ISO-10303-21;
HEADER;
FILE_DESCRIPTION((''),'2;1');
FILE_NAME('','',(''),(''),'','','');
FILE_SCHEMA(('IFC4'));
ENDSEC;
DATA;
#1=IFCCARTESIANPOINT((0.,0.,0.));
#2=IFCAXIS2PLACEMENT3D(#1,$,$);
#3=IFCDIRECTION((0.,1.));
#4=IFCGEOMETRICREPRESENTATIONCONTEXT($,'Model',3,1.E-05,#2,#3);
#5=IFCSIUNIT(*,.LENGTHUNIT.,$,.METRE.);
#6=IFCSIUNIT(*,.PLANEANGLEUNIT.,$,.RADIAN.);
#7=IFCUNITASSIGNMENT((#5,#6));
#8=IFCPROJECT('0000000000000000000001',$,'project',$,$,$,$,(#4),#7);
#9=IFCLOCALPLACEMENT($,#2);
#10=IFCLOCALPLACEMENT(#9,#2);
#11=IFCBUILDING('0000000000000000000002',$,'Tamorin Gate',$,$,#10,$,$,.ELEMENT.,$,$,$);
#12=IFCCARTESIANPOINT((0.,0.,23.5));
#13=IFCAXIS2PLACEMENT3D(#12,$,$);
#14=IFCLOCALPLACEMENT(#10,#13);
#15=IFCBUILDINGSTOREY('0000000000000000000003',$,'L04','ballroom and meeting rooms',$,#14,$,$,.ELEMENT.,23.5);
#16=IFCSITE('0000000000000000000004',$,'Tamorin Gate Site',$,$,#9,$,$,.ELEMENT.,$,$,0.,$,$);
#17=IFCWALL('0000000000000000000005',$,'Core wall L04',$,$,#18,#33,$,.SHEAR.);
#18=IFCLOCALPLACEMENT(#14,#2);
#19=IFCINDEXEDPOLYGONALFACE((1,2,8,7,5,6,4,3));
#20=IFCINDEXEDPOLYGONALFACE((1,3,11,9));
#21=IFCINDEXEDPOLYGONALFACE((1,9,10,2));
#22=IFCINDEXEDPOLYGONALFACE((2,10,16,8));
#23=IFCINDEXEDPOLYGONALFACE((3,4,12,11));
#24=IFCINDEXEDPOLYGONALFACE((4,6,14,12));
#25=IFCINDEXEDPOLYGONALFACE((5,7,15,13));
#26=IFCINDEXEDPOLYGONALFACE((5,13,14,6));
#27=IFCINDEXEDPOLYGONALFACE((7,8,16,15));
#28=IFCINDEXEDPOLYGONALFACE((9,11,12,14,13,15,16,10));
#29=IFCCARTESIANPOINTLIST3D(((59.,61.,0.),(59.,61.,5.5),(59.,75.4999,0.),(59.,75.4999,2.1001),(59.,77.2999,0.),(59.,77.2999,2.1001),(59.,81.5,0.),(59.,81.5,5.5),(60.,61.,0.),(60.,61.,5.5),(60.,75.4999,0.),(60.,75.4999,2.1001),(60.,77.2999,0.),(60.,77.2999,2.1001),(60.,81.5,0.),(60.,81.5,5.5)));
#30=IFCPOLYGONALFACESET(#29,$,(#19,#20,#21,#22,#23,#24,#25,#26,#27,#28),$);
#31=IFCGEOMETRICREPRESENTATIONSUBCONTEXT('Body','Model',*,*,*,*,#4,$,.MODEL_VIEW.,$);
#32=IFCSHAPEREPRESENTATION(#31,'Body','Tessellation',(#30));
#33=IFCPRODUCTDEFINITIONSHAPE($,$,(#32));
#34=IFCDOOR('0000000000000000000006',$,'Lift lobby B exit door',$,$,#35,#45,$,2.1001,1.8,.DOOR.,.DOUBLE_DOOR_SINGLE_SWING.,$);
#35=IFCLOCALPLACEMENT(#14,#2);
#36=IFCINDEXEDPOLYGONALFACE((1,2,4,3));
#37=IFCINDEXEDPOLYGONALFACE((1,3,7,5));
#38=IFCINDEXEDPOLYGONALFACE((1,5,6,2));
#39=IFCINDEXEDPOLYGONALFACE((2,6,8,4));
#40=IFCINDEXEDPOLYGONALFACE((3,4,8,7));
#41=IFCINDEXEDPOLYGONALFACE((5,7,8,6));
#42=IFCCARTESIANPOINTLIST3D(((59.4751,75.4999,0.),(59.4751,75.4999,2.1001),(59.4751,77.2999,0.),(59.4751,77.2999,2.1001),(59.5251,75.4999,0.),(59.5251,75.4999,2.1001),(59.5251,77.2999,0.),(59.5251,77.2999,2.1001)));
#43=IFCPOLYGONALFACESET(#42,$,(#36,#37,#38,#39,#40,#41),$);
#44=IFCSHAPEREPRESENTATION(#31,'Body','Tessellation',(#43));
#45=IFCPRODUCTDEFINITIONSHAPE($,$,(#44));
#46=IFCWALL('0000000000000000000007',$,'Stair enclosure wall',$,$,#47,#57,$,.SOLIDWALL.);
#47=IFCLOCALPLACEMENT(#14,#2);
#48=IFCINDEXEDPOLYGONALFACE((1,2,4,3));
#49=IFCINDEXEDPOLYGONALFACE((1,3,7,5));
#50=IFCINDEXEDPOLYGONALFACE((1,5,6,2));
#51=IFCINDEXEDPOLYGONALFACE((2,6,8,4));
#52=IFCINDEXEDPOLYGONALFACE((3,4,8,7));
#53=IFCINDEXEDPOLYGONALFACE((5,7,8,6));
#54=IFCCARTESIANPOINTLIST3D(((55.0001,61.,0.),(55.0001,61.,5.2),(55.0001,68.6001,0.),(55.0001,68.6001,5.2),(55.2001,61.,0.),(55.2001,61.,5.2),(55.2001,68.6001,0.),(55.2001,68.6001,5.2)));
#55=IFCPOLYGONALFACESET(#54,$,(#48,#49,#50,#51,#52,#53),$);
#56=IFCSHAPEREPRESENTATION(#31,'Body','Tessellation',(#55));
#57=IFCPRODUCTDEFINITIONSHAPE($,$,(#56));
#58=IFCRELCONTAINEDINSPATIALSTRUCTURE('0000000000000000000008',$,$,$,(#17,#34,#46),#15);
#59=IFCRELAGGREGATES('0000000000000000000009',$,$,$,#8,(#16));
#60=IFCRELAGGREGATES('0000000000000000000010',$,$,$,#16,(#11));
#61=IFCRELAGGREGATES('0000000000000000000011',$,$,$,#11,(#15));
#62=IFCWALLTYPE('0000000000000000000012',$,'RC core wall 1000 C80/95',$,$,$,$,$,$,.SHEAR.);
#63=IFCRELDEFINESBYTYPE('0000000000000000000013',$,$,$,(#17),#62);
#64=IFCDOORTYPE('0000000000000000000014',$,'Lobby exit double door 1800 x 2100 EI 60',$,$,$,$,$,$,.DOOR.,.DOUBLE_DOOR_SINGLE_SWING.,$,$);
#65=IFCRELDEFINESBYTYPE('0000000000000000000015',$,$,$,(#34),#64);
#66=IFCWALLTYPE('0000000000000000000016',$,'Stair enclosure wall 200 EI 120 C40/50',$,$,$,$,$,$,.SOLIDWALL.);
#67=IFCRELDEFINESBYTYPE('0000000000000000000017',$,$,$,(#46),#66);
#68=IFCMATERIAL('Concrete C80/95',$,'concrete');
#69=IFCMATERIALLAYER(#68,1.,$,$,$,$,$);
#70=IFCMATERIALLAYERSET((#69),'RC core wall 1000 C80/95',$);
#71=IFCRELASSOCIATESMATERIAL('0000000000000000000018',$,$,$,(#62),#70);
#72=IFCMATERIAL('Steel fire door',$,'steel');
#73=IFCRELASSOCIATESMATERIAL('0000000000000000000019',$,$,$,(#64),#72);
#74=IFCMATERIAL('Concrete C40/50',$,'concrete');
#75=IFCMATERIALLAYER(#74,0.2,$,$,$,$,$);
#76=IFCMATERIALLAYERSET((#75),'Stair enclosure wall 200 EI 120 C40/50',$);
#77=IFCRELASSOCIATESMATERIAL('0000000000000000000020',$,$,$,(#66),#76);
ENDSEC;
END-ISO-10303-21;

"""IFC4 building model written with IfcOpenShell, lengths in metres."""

from ifc_helpers import new_model, si_unit, direction, frame, frame_2d, origin, place, context, subcontext, project, spatial, rectangle, extrude, material, layer, layer_set, type_object, element, fill, save


model = new_model("IFC4")

# Units and contexts
model_context = context("Model", 3, precision=1e-05, world=origin(), true_north=direction((0.0, 1.0)))
body_context = subcontext(model_context, "Body", "Model", "MODEL_VIEW")
ifc_project = project(units=[si_unit("LENGTHUNIT", "METRE"), si_unit("PLANEANGLEUNIT", "RADIAN")], contexts=[model_context])

# Site, building, storey
site_placement = place(None, origin())
site = spatial("IfcSite", under=ifc_project, at=site_placement, Name="Tamorin Gate Site", CompositionType="ELEMENT", RefElevation=0.0)
building_placement = place(site_placement, origin())
building = spatial("IfcBuilding", under=site, at=building_placement, Name="Tamorin Gate", CompositionType="ELEMENT")
storey_placement = place(building_placement, frame((0.0, 0.0, 23.5)))
storey = spatial("IfcBuildingStorey", under=building, at=storey_placement, Name="L04", Description="ballroom and meeting rooms", CompositionType="ELEMENT", Elevation=23.5)

# Shared definitions
ifc_material_1 = material(Name="Concrete C80/95", Category="concrete")

# Wall, opening, door
ifc_layer_1 = layer(ifc_material_1, 1.0)
ifc_layer_set_1 = layer_set([ifc_layer_1], Name="RC core wall 1000 C80/95")
wall_type_1 = type_object("IfcWallType", Name="RC core wall 1000 C80/95", PredefinedType="SHEAR", material=ifc_layer_set_1)
wall_1_placement = place(storey_placement, frame((59.5, 61.0, 0.0), z_axis=(0.0, 0.0, 1.0), x_axis=(0.0, 1.0, 0.0)))
wall_1 = element("IfcWall", 1, at=wall_1_placement, inside=storey, type_object=wall_type_1, Name="Core wall L04", PredefinedType="SHEAR", context=body_context, shape_type="SweptSolid", body=[
    extrude(rectangle(XDim=20.5, YDim=1.0, at=frame_2d((10.25, 0.0))), origin(), (0.0, 0.0, 1.0), 5.5),
])
opening_1_placement = place(wall_1_placement, frame((14.5, 0.0, 0.0)))
opening_1 = element("IfcOpeningElement", 2, at=opening_1_placement, cuts=wall_1, PredefinedType="OPENING", context=body_context, shape_type="SweptSolid", body=[
    extrude(rectangle(XDim=1.8, YDim=2.1001, at=frame_2d((0.8999, 1.05))), frame((0.0, 0.51, 0.0), z_axis=(0.0, -1.0, 0.0), x_axis=(1.0, 0.0, 0.0)), (0.0, 0.0, 1.0), 1.02),
])
ifc_material_2 = material(Name="Steel fire door", Category="steel")
door_type_1 = type_object("IfcDoorType", Name="Lobby exit double door 1800 x 2100 EI 60", OperationType="DOUBLE_DOOR_SINGLE_SWING", PredefinedType="DOOR", material=ifc_material_2)
door_1_placement = place(opening_1_placement, origin())
door_1 = element("IfcDoor", 3, at=door_1_placement, inside=storey, type_object=door_type_1, Name="Lift lobby B exit door", OperationType="DOUBLE_DOOR_SINGLE_SWING", OverallHeight=2.1001, OverallWidth=1.8, PredefinedType="DOOR", context=body_context, shape_type="SweptSolid", body=[
    extrude(rectangle(XDim=1.8, YDim=2.1001, at=frame_2d((0.8999, 1.05))), frame((0.0, 0.0249, 0.0), z_axis=(0.0, -1.0, 0.0), x_axis=(1.0, 0.0, 0.0)), (0.0, 0.0, 1.0), 0.05),
])
fill(opening_1, door_1)

# Wall
ifc_material_3 = material(Name="Concrete C40/50", Category="concrete")
ifc_layer_2 = layer(ifc_material_3, 0.2)
ifc_layer_set_2 = layer_set([ifc_layer_2], Name="Stair enclosure wall 200 EI 120 C40/50")
wall_type_2 = type_object("IfcWallType", Name="Stair enclosure wall 200 EI 120 C40/50", PredefinedType="SOLIDWALL", material=ifc_layer_set_2)
wall_2_placement = place(storey_placement, frame((55.1001, 61.0, 0.0), z_axis=(0.0, 0.0, 1.0), x_axis=(0.0, 1.0, 0.0)))
element("IfcWall", 4, at=wall_2_placement, inside=storey, type_object=wall_type_2, Name="Stair enclosure wall", PredefinedType="SOLIDWALL", context=body_context, shape_type="SweptSolid", body=[
    extrude(rectangle(XDim=7.6001, YDim=0.2, at=frame_2d((3.8, 0.0))), origin(), (0.0, 0.0, 1.0), 5.2),
])

save(model, "model.ifc")
